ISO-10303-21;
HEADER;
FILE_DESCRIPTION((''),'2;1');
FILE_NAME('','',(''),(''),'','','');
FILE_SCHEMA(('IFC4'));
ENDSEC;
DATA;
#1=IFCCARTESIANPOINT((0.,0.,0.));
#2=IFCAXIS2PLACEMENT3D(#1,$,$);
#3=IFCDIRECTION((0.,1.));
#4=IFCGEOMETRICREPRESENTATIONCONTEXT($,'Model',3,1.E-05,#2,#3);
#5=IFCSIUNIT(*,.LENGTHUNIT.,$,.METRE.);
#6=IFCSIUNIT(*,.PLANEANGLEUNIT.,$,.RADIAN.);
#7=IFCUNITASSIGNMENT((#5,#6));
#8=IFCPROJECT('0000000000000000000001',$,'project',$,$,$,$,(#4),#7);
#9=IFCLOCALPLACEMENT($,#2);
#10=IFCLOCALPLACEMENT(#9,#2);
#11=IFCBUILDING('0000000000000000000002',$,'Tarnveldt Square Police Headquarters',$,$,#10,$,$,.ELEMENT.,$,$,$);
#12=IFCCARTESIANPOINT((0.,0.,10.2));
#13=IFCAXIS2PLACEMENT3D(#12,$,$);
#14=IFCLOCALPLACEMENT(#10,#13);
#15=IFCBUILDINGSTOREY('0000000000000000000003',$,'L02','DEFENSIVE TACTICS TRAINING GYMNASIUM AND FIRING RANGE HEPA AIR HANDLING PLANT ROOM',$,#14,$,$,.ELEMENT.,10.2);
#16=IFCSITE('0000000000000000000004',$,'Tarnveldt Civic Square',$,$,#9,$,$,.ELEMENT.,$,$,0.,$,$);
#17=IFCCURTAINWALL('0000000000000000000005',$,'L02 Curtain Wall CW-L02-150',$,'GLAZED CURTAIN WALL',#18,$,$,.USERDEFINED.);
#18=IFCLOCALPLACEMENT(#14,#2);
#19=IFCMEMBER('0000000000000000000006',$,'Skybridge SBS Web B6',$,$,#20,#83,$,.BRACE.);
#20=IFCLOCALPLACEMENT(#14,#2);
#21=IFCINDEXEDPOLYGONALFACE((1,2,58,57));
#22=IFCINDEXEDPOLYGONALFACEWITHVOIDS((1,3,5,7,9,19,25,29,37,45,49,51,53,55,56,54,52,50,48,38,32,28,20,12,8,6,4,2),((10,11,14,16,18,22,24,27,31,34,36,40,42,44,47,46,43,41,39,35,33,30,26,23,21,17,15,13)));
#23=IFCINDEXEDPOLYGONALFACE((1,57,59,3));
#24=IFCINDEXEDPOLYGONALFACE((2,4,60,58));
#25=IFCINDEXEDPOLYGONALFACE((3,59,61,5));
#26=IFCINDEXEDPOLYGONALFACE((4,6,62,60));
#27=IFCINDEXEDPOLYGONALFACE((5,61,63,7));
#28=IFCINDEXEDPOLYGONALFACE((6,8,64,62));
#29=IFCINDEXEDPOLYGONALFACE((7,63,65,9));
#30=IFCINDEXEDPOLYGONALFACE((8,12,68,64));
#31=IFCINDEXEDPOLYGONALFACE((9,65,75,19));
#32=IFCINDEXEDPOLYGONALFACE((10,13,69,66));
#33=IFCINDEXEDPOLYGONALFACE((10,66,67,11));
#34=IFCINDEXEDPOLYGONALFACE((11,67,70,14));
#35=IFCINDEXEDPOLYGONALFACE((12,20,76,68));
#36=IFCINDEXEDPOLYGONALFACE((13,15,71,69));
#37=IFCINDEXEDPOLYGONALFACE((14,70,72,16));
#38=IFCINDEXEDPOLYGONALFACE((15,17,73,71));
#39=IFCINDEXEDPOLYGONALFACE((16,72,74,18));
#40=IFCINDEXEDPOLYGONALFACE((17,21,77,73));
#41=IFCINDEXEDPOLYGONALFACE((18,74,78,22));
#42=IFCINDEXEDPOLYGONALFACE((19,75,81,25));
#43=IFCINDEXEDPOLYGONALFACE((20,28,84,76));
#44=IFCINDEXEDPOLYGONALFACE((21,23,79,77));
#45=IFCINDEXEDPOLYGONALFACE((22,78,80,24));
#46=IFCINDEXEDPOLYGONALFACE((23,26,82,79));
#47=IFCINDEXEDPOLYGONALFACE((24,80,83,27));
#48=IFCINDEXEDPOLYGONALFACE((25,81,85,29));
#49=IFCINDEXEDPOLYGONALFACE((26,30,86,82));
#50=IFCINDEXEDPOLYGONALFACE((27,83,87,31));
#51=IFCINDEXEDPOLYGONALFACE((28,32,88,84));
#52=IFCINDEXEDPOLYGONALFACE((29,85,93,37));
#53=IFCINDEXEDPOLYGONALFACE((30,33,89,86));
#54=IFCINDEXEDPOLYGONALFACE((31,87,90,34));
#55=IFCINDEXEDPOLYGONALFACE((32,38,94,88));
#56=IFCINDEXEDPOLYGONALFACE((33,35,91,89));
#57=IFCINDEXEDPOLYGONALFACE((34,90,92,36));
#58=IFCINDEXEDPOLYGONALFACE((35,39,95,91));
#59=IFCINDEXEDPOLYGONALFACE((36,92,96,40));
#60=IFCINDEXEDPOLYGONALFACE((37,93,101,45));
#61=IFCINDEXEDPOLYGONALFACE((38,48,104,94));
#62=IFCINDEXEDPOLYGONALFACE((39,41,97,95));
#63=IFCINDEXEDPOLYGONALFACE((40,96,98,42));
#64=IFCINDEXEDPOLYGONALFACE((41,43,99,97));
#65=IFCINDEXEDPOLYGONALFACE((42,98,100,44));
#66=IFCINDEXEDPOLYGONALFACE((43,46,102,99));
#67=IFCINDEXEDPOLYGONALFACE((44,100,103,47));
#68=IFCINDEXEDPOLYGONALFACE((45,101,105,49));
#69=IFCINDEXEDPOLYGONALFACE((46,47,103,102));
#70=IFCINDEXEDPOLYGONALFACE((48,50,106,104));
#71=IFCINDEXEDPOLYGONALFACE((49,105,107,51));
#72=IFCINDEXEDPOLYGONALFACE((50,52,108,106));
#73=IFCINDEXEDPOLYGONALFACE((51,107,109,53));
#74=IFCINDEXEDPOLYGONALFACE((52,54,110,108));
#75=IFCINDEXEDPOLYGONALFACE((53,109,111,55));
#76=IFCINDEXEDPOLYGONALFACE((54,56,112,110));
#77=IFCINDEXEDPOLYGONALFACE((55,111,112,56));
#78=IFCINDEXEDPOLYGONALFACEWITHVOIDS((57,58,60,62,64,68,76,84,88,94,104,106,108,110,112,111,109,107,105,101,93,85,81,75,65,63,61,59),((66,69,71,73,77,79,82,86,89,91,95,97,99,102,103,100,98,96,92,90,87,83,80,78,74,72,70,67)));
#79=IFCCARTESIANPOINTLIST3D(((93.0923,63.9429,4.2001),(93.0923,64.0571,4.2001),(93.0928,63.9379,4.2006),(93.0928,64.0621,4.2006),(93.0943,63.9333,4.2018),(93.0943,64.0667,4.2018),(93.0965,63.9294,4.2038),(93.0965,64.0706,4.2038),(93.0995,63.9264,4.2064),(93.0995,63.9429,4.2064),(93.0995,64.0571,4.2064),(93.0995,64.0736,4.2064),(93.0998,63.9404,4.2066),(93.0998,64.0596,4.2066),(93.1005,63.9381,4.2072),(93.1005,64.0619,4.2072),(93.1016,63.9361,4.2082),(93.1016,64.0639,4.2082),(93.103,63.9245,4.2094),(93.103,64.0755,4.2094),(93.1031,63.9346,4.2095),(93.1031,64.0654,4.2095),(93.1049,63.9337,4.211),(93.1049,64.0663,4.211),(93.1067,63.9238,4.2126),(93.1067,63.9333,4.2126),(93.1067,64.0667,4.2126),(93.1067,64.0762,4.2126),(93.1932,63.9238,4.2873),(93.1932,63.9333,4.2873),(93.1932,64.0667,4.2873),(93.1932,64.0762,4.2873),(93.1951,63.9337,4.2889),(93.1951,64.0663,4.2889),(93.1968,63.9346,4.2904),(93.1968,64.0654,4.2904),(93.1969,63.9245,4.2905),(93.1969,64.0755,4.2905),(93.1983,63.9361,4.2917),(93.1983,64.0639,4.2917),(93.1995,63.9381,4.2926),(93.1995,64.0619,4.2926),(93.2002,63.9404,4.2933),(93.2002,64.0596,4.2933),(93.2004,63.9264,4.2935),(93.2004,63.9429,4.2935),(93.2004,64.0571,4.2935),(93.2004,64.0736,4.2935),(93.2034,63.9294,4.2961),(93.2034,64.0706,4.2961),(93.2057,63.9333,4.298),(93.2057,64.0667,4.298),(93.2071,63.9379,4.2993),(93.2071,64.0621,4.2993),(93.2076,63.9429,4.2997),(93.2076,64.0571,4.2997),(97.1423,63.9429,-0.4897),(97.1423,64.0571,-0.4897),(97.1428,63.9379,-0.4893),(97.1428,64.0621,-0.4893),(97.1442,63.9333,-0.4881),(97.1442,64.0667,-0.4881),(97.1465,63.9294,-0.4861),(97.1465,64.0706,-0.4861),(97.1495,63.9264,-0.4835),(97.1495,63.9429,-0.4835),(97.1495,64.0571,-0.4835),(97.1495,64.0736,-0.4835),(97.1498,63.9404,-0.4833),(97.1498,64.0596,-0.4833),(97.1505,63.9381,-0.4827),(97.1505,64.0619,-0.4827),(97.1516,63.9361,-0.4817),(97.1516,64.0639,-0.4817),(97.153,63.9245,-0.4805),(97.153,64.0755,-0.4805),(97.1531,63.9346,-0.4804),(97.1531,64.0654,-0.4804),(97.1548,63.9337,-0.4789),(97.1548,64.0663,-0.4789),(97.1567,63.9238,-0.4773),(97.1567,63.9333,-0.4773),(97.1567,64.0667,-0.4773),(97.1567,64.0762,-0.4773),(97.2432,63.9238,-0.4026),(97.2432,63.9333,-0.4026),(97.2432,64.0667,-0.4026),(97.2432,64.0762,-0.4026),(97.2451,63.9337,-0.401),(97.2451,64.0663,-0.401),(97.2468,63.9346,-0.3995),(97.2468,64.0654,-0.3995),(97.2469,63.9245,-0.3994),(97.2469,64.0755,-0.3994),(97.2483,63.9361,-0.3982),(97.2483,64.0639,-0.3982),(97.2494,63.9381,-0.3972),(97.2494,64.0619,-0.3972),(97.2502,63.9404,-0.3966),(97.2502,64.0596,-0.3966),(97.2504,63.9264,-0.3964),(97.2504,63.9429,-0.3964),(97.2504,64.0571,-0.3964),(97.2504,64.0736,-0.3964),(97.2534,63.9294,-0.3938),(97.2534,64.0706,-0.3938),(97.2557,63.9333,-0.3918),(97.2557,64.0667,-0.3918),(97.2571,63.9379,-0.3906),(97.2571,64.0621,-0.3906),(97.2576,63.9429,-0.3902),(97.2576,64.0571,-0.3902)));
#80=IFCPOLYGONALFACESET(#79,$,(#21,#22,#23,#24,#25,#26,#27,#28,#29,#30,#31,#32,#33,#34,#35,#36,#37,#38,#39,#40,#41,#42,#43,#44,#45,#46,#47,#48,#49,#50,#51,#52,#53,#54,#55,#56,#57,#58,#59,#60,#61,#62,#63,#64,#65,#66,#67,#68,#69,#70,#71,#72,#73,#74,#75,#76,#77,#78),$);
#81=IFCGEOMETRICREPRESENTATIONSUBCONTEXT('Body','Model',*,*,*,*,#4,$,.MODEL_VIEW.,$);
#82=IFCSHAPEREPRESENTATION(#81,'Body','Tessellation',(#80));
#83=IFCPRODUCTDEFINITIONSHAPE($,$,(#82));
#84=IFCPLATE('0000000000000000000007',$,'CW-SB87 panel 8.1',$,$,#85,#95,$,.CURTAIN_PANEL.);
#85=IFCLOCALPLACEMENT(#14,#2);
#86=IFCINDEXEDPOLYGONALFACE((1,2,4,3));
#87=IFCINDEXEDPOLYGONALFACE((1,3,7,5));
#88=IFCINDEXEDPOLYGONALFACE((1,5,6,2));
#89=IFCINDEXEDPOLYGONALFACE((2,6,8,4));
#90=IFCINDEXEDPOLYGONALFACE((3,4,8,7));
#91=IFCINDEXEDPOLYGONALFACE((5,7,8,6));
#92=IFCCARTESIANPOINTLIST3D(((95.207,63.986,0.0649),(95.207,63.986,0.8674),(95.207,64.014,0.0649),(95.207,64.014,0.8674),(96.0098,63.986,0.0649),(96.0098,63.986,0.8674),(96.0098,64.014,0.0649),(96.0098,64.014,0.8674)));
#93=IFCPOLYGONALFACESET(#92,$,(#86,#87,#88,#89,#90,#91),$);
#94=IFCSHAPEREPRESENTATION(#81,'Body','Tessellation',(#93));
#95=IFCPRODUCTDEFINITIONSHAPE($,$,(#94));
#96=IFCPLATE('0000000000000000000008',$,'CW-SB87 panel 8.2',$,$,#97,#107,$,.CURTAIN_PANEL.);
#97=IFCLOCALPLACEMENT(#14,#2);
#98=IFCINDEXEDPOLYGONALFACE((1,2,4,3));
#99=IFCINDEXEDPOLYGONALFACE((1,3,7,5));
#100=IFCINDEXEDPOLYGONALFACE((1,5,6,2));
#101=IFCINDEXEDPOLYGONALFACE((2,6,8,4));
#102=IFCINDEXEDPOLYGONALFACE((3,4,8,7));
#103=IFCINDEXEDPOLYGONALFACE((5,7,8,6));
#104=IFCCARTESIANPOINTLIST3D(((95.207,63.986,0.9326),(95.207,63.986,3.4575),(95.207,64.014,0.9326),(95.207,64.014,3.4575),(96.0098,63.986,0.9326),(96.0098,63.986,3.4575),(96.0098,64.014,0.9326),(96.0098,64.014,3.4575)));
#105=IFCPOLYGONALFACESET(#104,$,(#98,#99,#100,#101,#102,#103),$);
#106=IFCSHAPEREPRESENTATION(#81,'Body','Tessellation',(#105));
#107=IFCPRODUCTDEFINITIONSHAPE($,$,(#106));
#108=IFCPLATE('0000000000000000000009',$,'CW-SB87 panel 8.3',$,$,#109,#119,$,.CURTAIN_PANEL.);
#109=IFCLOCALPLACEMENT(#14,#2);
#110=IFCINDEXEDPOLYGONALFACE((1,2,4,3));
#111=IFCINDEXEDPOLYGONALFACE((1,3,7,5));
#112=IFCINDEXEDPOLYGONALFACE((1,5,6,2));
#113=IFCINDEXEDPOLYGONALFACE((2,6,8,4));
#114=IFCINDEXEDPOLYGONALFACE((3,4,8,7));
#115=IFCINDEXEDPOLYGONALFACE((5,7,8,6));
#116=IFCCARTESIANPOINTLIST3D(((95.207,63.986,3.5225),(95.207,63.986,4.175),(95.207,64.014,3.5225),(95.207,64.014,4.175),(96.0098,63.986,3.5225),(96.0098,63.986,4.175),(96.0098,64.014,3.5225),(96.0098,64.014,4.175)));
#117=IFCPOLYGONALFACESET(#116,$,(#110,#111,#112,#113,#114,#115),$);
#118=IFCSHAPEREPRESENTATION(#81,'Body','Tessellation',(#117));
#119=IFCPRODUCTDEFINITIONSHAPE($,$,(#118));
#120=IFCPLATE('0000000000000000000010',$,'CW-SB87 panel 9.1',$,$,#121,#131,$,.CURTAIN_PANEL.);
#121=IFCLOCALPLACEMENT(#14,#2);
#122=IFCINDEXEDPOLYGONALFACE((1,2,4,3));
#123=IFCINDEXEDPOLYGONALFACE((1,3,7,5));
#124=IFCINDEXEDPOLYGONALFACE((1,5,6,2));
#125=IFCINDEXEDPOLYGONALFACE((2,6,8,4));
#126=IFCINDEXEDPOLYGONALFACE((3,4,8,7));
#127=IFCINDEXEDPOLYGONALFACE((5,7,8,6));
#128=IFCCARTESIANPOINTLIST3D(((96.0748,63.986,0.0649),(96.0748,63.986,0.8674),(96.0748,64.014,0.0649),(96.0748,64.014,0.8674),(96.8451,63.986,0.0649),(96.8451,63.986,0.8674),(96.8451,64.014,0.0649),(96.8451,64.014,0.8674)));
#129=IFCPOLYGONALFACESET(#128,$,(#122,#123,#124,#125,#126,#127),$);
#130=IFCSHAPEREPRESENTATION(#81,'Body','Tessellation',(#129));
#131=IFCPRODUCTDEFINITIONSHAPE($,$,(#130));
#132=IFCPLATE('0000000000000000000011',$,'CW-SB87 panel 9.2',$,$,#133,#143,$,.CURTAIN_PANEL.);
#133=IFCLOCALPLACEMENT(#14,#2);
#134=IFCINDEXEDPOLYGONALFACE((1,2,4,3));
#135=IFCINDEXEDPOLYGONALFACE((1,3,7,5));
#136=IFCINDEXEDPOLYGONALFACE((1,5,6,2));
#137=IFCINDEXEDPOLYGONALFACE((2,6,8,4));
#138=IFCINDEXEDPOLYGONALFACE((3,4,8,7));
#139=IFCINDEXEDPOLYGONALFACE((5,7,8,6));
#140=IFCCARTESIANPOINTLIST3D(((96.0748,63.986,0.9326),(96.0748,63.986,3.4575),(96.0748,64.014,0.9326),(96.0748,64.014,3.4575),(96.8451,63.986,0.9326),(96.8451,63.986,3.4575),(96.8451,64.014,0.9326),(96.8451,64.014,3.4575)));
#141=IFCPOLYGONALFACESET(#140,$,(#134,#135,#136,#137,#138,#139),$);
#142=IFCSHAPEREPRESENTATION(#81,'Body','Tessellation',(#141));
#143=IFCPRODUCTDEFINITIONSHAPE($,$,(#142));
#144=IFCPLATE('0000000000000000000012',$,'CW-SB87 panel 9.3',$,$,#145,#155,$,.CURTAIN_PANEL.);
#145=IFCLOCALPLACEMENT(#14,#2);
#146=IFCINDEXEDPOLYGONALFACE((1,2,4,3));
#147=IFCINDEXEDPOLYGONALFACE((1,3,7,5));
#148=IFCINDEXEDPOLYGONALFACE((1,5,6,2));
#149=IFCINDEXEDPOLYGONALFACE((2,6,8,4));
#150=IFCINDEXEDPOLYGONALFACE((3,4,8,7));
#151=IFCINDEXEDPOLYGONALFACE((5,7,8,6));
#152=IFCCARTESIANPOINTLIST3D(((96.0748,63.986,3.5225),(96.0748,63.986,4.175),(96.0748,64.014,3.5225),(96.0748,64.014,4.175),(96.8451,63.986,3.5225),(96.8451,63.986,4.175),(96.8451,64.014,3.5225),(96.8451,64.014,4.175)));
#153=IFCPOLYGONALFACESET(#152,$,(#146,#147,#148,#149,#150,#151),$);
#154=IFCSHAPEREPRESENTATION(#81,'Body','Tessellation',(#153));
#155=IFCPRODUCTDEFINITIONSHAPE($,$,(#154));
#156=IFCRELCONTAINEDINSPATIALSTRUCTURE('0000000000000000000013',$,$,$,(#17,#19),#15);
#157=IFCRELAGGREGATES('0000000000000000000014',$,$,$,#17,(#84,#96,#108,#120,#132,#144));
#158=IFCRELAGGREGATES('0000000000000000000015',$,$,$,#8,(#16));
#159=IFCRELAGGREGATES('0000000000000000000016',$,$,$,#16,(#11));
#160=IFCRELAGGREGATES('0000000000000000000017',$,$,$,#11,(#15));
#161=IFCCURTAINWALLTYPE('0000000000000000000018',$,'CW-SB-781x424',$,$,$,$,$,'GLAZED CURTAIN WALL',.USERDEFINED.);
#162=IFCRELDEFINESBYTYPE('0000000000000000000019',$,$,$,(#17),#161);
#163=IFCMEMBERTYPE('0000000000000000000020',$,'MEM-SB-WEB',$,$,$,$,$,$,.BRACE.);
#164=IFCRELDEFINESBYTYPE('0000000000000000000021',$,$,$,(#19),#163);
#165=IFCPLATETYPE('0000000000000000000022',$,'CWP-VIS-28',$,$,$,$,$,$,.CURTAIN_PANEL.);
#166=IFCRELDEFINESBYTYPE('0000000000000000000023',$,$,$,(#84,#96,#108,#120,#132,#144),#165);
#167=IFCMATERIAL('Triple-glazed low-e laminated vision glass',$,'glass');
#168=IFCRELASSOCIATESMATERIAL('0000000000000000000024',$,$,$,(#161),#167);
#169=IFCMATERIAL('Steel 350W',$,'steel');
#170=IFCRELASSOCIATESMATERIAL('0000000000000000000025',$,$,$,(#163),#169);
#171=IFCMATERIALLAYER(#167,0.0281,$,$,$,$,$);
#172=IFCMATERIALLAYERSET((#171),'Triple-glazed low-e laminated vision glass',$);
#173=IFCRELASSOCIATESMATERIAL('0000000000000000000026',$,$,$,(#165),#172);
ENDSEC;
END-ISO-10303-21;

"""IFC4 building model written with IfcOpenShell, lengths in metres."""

from ifc_helpers import new_model, si_unit, direction, frame, origin, origin_2d, place, context, subcontext, project, spatial, rectangle, hollow_rectangle, extrude, material, layer, layer_set, material_profile, profile_set, type_object, element, aggregate, save


model = new_model("IFC4")

# Units and contexts
model_context = context("Model", 3, precision=1e-05, world=origin(), true_north=direction((0.0, 1.0)))
body_context = subcontext(model_context, "Body", "Model", "MODEL_VIEW")
ifc_project = project(units=[si_unit("LENGTHUNIT", "METRE"), si_unit("PLANEANGLEUNIT", "RADIAN")], contexts=[model_context])

# Site, building, storey
site_placement = place(None, origin())
site = spatial("IfcSite", under=ifc_project, at=site_placement, Name="Tarnveldt Civic Square", CompositionType="ELEMENT", RefElevation=0.0)
building_placement = place(site_placement, origin())
building = spatial("IfcBuilding", under=site, at=building_placement, Name="Tarnveldt Square Police Headquarters", CompositionType="ELEMENT")
storey_placement = place(building_placement, frame((0.0, 0.0, 10.2)))
storey = spatial("IfcBuildingStorey", under=building, at=storey_placement, Name="L02", Description="DEFENSIVE TACTICS TRAINING GYMNASIUM AND FIRING RANGE HEPA AIR HANDLING PLANT ROOM", CompositionType="ELEMENT", Elevation=10.2)

# Curtain wall
ifc_material_1 = material(Name="Triple-glazed low-e laminated vision glass", Category="glass")
curtain_wall_type = type_object("IfcCurtainWallType", Name="CW-SB-781x424", ElementType="GLAZED CURTAIN WALL", PredefinedType="USERDEFINED", material=ifc_material_1)
curtain_wall_placement = place(storey_placement, origin())
curtain_wall = element("IfcCurtainWall", 1, at=curtain_wall_placement, inside=storey, type_object=curtain_wall_type, Name="L02 Curtain Wall CW-L02-150", ObjectType="GLAZED CURTAIN WALL", PredefinedType="USERDEFINED")

# Member
ifc_material_2 = material(Name="Steel 350W", Category="steel")
ifc_material_profile_1 = material_profile(ifc_material_2, hollow_rectangle(XDim=0.1523, YDim=0.1523, WallThickness=0.0095, InnerFilletRadius=0.0095, OuterFilletRadius=0.019, at=origin_2d()), Name="HSS152x152x9.5")
ifc_profile_set_1 = profile_set([ifc_material_profile_1], Name="Steel 350W")
member_type_1 = type_object("IfcMemberType", Name="MEM-SB-WEB", PredefinedType="BRACE", material=ifc_profile_set_1)
member_1_placement = place(storey_placement, frame((97.2, 64.0, -0.4399), z_axis=(-0.653587, 0.0, 0.756851), x_axis=(0.0, -1.0, 0.0)))
element("IfcMember", 2, at=member_1_placement, inside=storey, type_object=member_type_1, Name="Skybridge SBS Web B6", PredefinedType="BRACE", context=body_context, shape_type="SweptSolid", body=[
    extrude(hollow_rectangle(XDim=0.1523, YDim=0.1523, WallThickness=0.0095, InnerFilletRadius=0.0095, OuterFilletRadius=0.019, at=origin_2d()), origin(), (0.0, 0.0, 1.0), 6.1965),
])

# Plates
ifc_layer = layer(ifc_material_1, 0.0281)
ifc_layer_set = layer_set([ifc_layer], Name="Triple-glazed low-e laminated vision glass")
plate_type = type_object("IfcPlateType", Name="CWP-VIS-28", PredefinedType="CURTAIN_PANEL", material=ifc_layer_set)
plate_1_placement = place(storey_placement, frame((95.6084, 64.0, 0.0649), z_axis=(0.0, 0.0, 1.0), x_axis=(1.0, 0.0, 0.0)))
plate_1 = element("IfcPlate", 3, at=plate_1_placement, type_object=plate_type, Name="CW-SB87 panel 8.1", PredefinedType="CURTAIN_PANEL", context=body_context, shape_type="SweptSolid", body=[
    extrude(rectangle(XDim=0.8027, YDim=0.0281, at=origin_2d()), origin(), (0.0, 0.0, 1.0), 0.8025),
])
plate_2_placement = place(storey_placement, frame((95.6084, 64.0, 0.9326), z_axis=(0.0, 0.0, 1.0), x_axis=(1.0, 0.0, 0.0)))
plate_2 = element("IfcPlate", 4, at=plate_2_placement, type_object=plate_type, Name="CW-SB87 panel 8.2", PredefinedType="CURTAIN_PANEL", context=body_context, shape_type="SweptSolid", body=[
    extrude(rectangle(XDim=0.8027, YDim=0.0281, at=origin_2d()), origin(), (0.0, 0.0, 1.0), 2.5249),
])
plate_3_placement = place(storey_placement, frame((95.6084, 64.0, 3.5225), z_axis=(0.0, 0.0, 1.0), x_axis=(1.0, 0.0, 0.0)))
plate_3 = element("IfcPlate", 5, at=plate_3_placement, type_object=plate_type, Name="CW-SB87 panel 8.3", PredefinedType="CURTAIN_PANEL", context=body_context, shape_type="SweptSolid", body=[
    extrude(rectangle(XDim=0.8027, YDim=0.0281, at=origin_2d()), origin(), (0.0, 0.0, 1.0), 0.6526),
])
plate_4_placement = place(storey_placement, frame((96.46, 64.0, 0.0649), z_axis=(0.0, 0.0, 1.0), x_axis=(1.0, 0.0, 0.0)))
plate_4 = element("IfcPlate", 6, at=plate_4_placement, type_object=plate_type, Name="CW-SB87 panel 9.1", PredefinedType="CURTAIN_PANEL", context=body_context, shape_type="SweptSolid", body=[
    extrude(rectangle(XDim=0.7703, YDim=0.0281, at=origin_2d()), origin(), (0.0, 0.0, 1.0), 0.8025),
])
plate_5_placement = place(storey_placement, frame((96.46, 64.0, 0.9326), z_axis=(0.0, 0.0, 1.0), x_axis=(1.0, 0.0, 0.0)))
plate_5 = element("IfcPlate", 7, at=plate_5_placement, type_object=plate_type, Name="CW-SB87 panel 9.2", PredefinedType="CURTAIN_PANEL", context=body_context, shape_type="SweptSolid", body=[
    extrude(rectangle(XDim=0.7703, YDim=0.0281, at=origin_2d()), origin(), (0.0, 0.0, 1.0), 2.5249),
])
plate_6_placement = place(storey_placement, frame((96.46, 64.0, 3.5225), z_axis=(0.0, 0.0, 1.0), x_axis=(1.0, 0.0, 0.0)))
plate_6 = element("IfcPlate", 8, at=plate_6_placement, type_object=plate_type, Name="CW-SB87 panel 9.3", PredefinedType="CURTAIN_PANEL", context=body_context, shape_type="SweptSolid", body=[
    extrude(rectangle(XDim=0.7703, YDim=0.0281, at=origin_2d()), origin(), (0.0, 0.0, 1.0), 0.6526),
])
aggregate(curtain_wall, [plate_1, plate_2, plate_3, plate_4, plate_5, plate_6])

save(model, "model.ifc")
